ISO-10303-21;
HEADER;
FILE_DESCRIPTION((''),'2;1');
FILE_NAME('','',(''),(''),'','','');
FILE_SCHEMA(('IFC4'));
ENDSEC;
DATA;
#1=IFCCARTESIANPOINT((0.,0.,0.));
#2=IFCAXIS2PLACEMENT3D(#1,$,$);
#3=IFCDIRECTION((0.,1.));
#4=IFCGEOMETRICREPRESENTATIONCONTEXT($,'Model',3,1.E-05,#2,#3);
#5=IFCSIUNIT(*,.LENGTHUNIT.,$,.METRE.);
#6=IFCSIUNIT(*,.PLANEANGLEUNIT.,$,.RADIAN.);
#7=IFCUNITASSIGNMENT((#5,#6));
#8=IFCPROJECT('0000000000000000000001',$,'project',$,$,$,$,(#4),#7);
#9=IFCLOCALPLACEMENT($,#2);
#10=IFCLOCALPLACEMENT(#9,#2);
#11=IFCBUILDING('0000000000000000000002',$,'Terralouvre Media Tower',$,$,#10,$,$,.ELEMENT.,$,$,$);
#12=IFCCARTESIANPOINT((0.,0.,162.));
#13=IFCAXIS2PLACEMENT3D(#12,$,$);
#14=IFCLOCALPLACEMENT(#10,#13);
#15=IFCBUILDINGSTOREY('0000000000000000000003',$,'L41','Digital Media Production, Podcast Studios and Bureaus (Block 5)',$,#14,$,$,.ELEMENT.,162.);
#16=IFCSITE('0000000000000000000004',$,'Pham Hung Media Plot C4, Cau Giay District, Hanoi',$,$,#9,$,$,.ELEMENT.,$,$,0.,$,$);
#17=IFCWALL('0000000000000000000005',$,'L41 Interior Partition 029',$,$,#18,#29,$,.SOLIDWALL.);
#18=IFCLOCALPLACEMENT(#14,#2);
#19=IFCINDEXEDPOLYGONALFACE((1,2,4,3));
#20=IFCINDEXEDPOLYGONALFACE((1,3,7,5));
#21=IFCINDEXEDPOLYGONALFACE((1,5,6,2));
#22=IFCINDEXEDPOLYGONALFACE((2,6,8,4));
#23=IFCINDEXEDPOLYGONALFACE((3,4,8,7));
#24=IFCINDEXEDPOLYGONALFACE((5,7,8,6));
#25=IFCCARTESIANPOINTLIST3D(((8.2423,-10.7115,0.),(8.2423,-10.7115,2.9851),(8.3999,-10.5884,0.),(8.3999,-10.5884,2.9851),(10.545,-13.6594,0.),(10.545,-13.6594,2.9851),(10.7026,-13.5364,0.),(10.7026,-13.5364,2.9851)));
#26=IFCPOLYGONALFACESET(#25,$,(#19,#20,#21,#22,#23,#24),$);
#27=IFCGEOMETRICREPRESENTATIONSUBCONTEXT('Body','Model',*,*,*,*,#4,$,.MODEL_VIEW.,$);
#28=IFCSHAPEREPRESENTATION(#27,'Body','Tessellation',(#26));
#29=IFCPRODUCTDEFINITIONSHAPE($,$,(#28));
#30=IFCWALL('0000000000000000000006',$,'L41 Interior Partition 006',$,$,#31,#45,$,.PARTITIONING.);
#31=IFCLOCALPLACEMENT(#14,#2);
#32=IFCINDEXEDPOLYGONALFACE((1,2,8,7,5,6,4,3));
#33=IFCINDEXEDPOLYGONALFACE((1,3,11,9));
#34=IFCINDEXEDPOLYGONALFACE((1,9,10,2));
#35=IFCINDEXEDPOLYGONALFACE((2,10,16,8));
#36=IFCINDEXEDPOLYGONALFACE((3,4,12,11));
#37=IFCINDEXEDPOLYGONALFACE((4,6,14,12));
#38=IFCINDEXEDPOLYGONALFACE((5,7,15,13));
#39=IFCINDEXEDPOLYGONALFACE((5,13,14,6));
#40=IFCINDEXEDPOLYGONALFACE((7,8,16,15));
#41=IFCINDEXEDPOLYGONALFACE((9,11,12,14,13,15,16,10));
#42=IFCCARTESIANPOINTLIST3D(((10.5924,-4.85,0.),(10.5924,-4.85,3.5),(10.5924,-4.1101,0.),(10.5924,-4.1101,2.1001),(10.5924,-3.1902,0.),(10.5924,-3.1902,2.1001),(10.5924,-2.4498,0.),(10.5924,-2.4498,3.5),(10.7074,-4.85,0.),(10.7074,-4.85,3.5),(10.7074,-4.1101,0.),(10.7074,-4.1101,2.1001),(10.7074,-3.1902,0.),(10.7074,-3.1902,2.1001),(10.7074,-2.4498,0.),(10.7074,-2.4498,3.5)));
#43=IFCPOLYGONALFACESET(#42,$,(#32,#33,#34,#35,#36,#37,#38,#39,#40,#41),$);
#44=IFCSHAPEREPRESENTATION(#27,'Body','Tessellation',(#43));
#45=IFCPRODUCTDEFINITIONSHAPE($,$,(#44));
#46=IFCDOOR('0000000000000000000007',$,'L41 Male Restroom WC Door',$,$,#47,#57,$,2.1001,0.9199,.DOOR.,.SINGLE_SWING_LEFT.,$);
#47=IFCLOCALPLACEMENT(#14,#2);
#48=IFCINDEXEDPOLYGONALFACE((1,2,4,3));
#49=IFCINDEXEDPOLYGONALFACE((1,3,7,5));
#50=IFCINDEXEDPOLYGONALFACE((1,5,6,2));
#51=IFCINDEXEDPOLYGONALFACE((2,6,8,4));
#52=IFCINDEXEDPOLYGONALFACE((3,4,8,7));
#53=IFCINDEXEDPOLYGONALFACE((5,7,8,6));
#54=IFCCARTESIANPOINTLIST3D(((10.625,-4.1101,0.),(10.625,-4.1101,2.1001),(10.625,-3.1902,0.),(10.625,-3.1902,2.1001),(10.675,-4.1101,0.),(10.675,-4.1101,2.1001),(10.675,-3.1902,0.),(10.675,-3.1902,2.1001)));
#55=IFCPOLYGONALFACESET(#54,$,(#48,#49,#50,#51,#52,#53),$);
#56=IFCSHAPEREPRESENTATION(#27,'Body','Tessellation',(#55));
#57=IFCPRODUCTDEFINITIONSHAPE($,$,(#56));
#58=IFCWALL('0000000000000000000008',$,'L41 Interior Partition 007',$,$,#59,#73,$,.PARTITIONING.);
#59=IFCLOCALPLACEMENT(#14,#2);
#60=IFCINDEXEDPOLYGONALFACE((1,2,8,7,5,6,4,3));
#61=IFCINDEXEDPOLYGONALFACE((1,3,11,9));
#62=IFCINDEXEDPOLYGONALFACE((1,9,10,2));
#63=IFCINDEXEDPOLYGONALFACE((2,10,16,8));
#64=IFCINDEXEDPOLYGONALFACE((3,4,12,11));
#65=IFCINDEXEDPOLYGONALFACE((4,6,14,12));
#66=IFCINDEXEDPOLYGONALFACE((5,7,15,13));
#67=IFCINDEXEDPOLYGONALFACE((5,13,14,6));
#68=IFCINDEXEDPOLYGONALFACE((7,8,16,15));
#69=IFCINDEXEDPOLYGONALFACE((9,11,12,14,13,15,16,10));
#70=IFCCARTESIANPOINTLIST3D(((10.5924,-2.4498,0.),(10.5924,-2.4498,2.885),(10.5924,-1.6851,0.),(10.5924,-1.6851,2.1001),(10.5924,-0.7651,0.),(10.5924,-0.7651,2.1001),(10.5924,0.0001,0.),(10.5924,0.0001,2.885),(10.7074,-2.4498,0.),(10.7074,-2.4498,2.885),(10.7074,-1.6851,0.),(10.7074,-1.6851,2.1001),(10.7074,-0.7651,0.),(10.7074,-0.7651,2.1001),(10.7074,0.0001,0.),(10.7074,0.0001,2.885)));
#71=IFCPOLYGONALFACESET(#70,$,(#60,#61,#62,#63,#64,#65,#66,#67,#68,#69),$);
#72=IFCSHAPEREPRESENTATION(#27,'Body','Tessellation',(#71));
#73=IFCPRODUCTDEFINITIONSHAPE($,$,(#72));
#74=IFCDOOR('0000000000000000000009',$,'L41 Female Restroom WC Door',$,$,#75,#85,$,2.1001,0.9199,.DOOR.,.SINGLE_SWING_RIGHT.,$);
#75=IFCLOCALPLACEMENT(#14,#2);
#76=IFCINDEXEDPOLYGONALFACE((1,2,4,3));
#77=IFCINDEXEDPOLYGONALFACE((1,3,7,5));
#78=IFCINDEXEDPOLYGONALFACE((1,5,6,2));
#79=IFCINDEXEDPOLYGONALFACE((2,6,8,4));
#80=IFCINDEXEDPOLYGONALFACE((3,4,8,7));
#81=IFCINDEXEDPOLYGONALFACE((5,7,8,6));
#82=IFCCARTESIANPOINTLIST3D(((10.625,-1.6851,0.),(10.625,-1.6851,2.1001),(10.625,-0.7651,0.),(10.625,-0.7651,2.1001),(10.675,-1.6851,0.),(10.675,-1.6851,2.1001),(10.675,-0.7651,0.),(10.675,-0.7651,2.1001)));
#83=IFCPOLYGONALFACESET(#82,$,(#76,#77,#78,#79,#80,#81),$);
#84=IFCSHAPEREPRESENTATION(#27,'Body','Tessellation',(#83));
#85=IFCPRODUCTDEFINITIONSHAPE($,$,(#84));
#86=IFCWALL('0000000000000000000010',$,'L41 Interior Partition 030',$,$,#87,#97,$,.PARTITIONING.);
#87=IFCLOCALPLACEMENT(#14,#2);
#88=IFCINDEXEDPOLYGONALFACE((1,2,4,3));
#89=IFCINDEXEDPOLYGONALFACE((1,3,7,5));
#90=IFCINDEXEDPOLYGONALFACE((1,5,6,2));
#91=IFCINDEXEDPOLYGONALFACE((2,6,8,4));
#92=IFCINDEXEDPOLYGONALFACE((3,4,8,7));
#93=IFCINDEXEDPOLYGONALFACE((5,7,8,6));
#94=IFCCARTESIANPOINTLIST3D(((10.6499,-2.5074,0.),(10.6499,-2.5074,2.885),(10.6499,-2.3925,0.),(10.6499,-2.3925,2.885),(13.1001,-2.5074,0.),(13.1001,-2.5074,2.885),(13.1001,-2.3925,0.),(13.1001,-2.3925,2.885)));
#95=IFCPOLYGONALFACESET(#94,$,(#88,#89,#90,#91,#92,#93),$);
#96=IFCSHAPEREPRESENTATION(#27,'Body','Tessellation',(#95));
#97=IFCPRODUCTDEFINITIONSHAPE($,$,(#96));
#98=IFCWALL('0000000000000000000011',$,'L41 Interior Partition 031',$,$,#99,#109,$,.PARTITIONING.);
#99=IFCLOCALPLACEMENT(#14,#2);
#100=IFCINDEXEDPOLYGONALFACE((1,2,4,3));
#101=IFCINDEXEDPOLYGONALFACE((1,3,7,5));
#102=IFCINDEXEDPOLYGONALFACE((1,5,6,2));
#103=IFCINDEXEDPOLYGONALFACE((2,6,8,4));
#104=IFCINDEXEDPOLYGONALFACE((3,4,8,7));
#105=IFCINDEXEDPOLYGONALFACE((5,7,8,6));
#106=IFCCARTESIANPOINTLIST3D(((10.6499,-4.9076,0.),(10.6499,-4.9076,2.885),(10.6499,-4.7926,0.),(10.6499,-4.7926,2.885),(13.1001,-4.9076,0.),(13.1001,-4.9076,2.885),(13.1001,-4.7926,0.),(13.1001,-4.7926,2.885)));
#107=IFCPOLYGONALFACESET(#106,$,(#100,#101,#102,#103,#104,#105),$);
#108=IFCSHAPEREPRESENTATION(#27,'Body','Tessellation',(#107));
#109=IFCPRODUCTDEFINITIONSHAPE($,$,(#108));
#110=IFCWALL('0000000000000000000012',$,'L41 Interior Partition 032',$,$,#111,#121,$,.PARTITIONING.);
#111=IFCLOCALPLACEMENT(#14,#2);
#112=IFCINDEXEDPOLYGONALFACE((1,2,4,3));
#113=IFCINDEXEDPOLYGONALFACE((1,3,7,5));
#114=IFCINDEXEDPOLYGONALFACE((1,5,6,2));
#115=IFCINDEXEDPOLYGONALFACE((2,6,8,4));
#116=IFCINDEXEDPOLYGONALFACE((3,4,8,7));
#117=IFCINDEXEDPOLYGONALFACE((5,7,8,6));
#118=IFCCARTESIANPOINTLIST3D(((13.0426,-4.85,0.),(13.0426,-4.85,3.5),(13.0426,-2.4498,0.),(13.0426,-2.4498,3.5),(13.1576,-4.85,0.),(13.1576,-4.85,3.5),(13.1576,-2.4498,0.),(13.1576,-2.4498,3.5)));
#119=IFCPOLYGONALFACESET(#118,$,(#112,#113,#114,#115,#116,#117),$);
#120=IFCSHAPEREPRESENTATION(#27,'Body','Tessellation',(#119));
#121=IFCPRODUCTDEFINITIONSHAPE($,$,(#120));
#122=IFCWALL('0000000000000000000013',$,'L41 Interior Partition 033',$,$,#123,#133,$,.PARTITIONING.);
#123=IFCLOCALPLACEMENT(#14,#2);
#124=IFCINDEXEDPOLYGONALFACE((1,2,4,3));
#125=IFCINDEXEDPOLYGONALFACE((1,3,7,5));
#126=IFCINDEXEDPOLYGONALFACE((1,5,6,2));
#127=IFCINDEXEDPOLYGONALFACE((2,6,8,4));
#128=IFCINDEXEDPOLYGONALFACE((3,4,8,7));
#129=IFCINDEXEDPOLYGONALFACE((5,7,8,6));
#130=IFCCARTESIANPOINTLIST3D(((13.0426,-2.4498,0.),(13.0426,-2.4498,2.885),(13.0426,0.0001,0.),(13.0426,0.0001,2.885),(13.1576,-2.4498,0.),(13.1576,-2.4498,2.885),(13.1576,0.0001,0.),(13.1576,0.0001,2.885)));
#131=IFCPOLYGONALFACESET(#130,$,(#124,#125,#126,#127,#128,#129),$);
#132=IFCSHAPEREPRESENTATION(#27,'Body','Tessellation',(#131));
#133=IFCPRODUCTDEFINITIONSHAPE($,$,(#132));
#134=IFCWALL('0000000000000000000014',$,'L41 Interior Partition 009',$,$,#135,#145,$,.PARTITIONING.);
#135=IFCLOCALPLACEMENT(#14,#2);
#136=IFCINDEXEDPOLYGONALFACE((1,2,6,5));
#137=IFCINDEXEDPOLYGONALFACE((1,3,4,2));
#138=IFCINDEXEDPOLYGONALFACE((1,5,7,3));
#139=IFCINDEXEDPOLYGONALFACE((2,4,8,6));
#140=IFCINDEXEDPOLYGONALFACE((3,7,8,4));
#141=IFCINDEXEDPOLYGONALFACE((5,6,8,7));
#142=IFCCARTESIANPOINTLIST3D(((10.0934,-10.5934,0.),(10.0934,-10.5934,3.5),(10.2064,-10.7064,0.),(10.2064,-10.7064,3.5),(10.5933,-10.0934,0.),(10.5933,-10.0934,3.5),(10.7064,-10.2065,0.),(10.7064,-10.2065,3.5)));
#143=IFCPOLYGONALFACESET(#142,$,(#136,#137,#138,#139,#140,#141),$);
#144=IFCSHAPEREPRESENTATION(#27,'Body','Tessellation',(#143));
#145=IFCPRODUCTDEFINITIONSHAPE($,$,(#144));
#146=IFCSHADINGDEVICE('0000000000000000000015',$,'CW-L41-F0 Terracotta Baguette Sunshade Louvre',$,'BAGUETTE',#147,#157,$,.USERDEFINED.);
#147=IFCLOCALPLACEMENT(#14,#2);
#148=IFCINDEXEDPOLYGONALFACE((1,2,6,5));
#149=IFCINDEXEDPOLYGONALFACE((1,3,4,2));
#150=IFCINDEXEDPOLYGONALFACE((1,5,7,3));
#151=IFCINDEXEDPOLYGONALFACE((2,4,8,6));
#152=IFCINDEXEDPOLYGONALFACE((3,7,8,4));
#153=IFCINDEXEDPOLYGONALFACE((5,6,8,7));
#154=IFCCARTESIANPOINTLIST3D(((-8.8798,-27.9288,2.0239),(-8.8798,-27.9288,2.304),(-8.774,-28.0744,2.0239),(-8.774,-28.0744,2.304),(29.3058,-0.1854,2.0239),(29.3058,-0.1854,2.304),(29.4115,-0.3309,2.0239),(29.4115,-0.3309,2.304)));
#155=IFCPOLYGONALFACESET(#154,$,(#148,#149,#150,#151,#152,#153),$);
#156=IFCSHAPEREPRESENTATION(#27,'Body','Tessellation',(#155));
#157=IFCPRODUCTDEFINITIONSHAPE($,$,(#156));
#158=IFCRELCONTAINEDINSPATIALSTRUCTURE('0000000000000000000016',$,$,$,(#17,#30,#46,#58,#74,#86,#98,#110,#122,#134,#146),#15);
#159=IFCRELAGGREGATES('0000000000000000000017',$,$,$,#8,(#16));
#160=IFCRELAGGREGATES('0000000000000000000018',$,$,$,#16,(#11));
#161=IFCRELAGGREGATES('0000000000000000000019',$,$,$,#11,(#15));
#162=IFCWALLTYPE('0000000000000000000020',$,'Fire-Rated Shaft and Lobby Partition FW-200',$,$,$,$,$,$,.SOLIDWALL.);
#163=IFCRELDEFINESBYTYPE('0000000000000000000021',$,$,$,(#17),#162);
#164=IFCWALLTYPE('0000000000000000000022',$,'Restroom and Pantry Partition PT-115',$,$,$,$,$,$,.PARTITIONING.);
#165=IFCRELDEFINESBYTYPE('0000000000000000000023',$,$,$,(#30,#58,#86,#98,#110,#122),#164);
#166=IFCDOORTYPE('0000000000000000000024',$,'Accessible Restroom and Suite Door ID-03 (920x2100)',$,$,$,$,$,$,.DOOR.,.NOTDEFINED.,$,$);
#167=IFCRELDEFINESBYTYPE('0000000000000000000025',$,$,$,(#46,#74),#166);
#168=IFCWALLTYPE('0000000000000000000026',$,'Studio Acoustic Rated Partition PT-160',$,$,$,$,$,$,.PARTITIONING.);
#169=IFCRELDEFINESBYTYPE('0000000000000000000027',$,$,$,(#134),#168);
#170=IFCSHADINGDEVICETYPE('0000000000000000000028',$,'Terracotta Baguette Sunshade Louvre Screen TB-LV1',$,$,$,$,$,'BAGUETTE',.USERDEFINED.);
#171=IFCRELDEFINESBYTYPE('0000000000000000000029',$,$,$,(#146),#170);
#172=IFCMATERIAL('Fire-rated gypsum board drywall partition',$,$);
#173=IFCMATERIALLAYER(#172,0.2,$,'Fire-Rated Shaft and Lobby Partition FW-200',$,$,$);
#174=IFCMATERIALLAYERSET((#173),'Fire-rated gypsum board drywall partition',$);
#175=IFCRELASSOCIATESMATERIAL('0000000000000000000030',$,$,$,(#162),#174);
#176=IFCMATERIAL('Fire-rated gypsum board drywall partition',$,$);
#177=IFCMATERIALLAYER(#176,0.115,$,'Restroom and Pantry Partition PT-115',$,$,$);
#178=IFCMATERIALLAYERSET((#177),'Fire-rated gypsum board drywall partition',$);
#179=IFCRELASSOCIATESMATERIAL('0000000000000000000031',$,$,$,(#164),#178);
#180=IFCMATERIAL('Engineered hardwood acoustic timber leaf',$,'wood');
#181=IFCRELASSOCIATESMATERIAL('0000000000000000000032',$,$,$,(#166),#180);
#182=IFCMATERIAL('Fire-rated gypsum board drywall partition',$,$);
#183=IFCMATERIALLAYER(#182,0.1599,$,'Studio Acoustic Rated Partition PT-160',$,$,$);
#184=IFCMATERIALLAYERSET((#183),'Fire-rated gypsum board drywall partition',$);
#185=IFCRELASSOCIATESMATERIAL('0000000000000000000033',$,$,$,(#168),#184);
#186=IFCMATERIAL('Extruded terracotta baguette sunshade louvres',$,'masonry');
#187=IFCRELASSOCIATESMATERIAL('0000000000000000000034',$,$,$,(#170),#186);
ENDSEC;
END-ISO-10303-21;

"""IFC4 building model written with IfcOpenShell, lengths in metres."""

from ifc_helpers import new_model, si_unit, direction, frame, frame_2d, origin, origin_2d, place, context, subcontext, project, spatial, rectangle, extrude, material, layer, layer_set, type_object, element, fill, save


model = new_model("IFC4")

# Units and contexts
model_context = context("Model", 3, precision=1e-05, world=origin(), true_north=direction((0.0, 1.0)))
body_context = subcontext(model_context, "Body", "Model", "MODEL_VIEW")
ifc_project = project(units=[si_unit("LENGTHUNIT", "METRE"), si_unit("PLANEANGLEUNIT", "RADIAN")], contexts=[model_context])

# Site, building, storey
site_placement = place(None, origin())
site = spatial("IfcSite", under=ifc_project, at=site_placement, Name="Pham Hung Media Plot C4, Cau Giay District, Hanoi", CompositionType="ELEMENT", RefElevation=0.0)
building_placement = place(site_placement, origin())
building = spatial("IfcBuilding", under=site, at=building_placement, Name="Terralouvre Media Tower", CompositionType="ELEMENT")
storey_placement = place(building_placement, frame((0.0, 0.0, 162.0)))
storey = spatial("IfcBuildingStorey", under=building, at=storey_placement, Name="L41", Description="Digital Media Production, Podcast Studios and Bureaus (Block 5)", CompositionType="ELEMENT", Elevation=162.0)

# Wall
ifc_material_1 = material(Name="Fire-rated gypsum board drywall partition")
ifc_layer_1 = layer(ifc_material_1, 0.2, Name="Fire-Rated Shaft and Lobby Partition FW-200")
ifc_layer_set_1 = layer_set([ifc_layer_1], Name="Fire-rated gypsum board drywall partition")
wall_type_1 = type_object("IfcWallType", Name="Fire-Rated Shaft and Lobby Partition FW-200", PredefinedType="SOLIDWALL", material=ifc_layer_set_1)
wall_1_placement = place(storey_placement, frame((10.6238, -13.5979, 0.0), z_axis=(0.0, 0.0, 1.0), x_axis=(-0.615579, 0.788075, 0.0)))
element("IfcWall", 1, at=wall_1_placement, inside=storey, type_object=wall_type_1, Name="L41 Interior Partition 029", PredefinedType="SOLIDWALL", context=body_context, shape_type="SweptSolid", body=[
    extrude(rectangle(XDim=3.7407, YDim=0.2, at=frame_2d((1.8704, 0.0))), origin(), (0.0, 0.0, 1.0), 2.9851),
])

# Walls, openings, doors
ifc_material_2 = material(Name="Fire-rated gypsum board drywall partition")
ifc_layer_2 = layer(ifc_material_2, 0.115, Name="Restroom and Pantry Partition PT-115")
ifc_layer_set_2 = layer_set([ifc_layer_2], Name="Fire-rated gypsum board drywall partition")
wall_type_2 = type_object("IfcWallType", Name="Restroom and Pantry Partition PT-115", PredefinedType="PARTITIONING", material=ifc_layer_set_2)
wall_2_placement = place(storey_placement, frame((10.6499, -4.8501, 0.0), z_axis=(0.0, 0.0, 1.0), x_axis=(0.0, 1.0, 0.0)))
wall_2 = element("IfcWall", 2, at=wall_2_placement, inside=storey, type_object=wall_type_2, Name="L41 Interior Partition 006", PredefinedType="PARTITIONING", context=body_context, shape_type="SweptSolid", body=[
    extrude(rectangle(XDim=2.4001, YDim=0.115, at=frame_2d((1.2002, 0.0))), origin(), (0.0, 0.0, 1.0), 3.5),
])
opening_1_placement = place(wall_2_placement, frame((0.74, 0.0, 0.0)))
opening_1 = element("IfcOpeningElement", 3, at=opening_1_placement, cuts=wall_2, PredefinedType="OPENING", context=body_context, shape_type="SweptSolid", body=[
    extrude(rectangle(XDim=0.9199, YDim=2.1001, at=frame_2d((0.46, 1.05))), frame((0.0, 0.0674, 0.0), z_axis=(0.0, -1.0, 0.0), x_axis=(1.0, 0.0, 0.0)), (0.0, 0.0, 1.0), 0.135),
])
ifc_material_3 = material(Name="Engineered hardwood acoustic timber leaf", Category="wood")
door_type_1 = type_object("IfcDoorType", Name="Accessible Restroom and Suite Door ID-03 (920x2100)", OperationType="NOTDEFINED", PredefinedType="DOOR", material=ifc_material_3)
door_1_placement = place(opening_1_placement, origin())
door_1 = element("IfcDoor", 4, at=door_1_placement, inside=storey, type_object=door_type_1, Name="L41 Male Restroom WC Door", OperationType="SINGLE_SWING_LEFT", OverallHeight=2.1001, OverallWidth=0.9199, PredefinedType="DOOR", context=body_context, shape_type="SweptSolid", body=[
    extrude(rectangle(XDim=0.9199, YDim=2.1001, at=frame_2d((0.46, 1.05))), frame((0.0, 0.0249, 0.0), z_axis=(0.0, -1.0, 0.0), x_axis=(1.0, 0.0, 0.0)), (0.0, 0.0, 1.0), 0.05),
])
fill(opening_1, door_1)
wall_3_placement = place(storey_placement, frame((10.6499, -2.45, 0.0), z_axis=(0.0, 0.0, 1.0), x_axis=(0.0, 1.0, 0.0)))
wall_3 = element("IfcWall", 5, at=wall_3_placement, inside=storey, type_object=wall_type_2, Name="L41 Interior Partition 007", PredefinedType="PARTITIONING", context=body_context, shape_type="SweptSolid", body=[
    extrude(rectangle(XDim=2.45, YDim=0.115, at=frame_2d((1.2251, 0.0))), origin(), (0.0, 0.0, 1.0), 2.885),
])
opening_2_placement = place(wall_3_placement, frame((0.7649, 0.0, 0.0)))
opening_2 = element("IfcOpeningElement", 6, at=opening_2_placement, cuts=wall_3, PredefinedType="OPENING", context=body_context, shape_type="SweptSolid", body=[
    extrude(rectangle(XDim=0.9199, YDim=2.1001, at=frame_2d((0.46, 1.05))), frame((0.0, 0.0674, 0.0), z_axis=(0.0, -1.0, 0.0), x_axis=(1.0, 0.0, 0.0)), (0.0, 0.0, 1.0), 0.135),
])
door_2_placement = place(opening_2_placement, origin())
door_2 = element("IfcDoor", 7, at=door_2_placement, inside=storey, type_object=door_type_1, Name="L41 Female Restroom WC Door", OperationType="SINGLE_SWING_RIGHT", OverallHeight=2.1001, OverallWidth=0.9199, PredefinedType="DOOR", context=body_context, shape_type="SweptSolid", body=[
    extrude(rectangle(XDim=0.9199, YDim=2.1001, at=frame_2d((0.46, 1.05))), frame((0.0, 0.0249, 0.0), z_axis=(0.0, -1.0, 0.0), x_axis=(1.0, 0.0, 0.0)), (0.0, 0.0, 1.0), 0.05),
])
fill(opening_2, door_2)

# Walls
for number, where, z_axis, x_axis, name in (
    (8, (13.1001, -2.45, 0.0), (0.0, 0.0, 1.0), (-1.0, 0.0, 0.0), "L41 Interior Partition 030"),
    (9, (10.6499, -4.8501, 0.0), (0.0, 0.0, 1.0), (1.0, 0.0, 0.0), "L41 Interior Partition 031"),
):
    element("IfcWall", number, at=place(storey_placement, frame(where, z_axis=z_axis, x_axis=x_axis)), inside=storey, type_object=wall_type_2, Name=name, PredefinedType="PARTITIONING", context=body_context, shape_type="SweptSolid", body=[
        extrude(rectangle(XDim=2.4502, YDim=0.115, at=frame_2d((1.2251, 0.0))), origin(), (0.0, 0.0, 1.0), 2.885),
    ])
wall_4_placement = place(storey_placement, frame((13.1001, -4.8501, 0.0), z_axis=(0.0, 0.0, 1.0), x_axis=(0.0, 1.0, 0.0)))
element("IfcWall", 10, at=wall_4_placement, inside=storey, type_object=wall_type_2, Name="L41 Interior Partition 032", PredefinedType="PARTITIONING", context=body_context, shape_type="SweptSolid", body=[
    extrude(rectangle(XDim=2.4001, YDim=0.115, at=frame_2d((1.2002, 0.0))), origin(), (0.0, 0.0, 1.0), 3.5),
])
wall_5_placement = place(storey_placement, frame((13.1001, -2.45, 0.0), z_axis=(0.0, 0.0, 1.0), x_axis=(0.0, 1.0, 0.0)))
element("IfcWall", 11, at=wall_5_placement, inside=storey, type_object=wall_type_2, Name="L41 Interior Partition 033", PredefinedType="PARTITIONING", context=body_context, shape_type="SweptSolid", body=[
    extrude(rectangle(XDim=2.45, YDim=0.115, at=frame_2d((1.2251, 0.0))), origin(), (0.0, 0.0, 1.0), 2.885),
])
ifc_material_4 = material(Name="Fire-rated gypsum board drywall partition")
ifc_layer_3 = layer(ifc_material_4, 0.1599, Name="Studio Acoustic Rated Partition PT-160")
ifc_layer_set_3 = layer_set([ifc_layer_3], Name="Fire-rated gypsum board drywall partition")
wall_type_3 = type_object("IfcWallType", Name="Studio Acoustic Rated Partition PT-160", PredefinedType="PARTITIONING", material=ifc_layer_set_3)
wall_6_placement = place(storey_placement, frame((10.1499, -10.6499, 0.0), z_axis=(0.0, 0.0, 1.0), x_axis=(0.707107, 0.707107, 0.0)))
element("IfcWall", 12, at=wall_6_placement, inside=storey, type_object=wall_type_3, Name="L41 Interior Partition 009", PredefinedType="PARTITIONING", context=body_context, shape_type="SweptSolid", body=[
    extrude(rectangle(XDim=0.707, YDim=0.1599, at=frame_2d((0.3535, 0.0))), origin(), (0.0, 0.0, 1.0), 3.5),
])

# Shading device
ifc_material_5 = material(Name="Extruded terracotta baguette sunshade louvres", Category="masonry")
shading_device_type = type_object("IfcShadingDeviceType", Name="Terracotta Baguette Sunshade Louvre Screen TB-LV1", ElementType="BAGUETTE", PredefinedType="USERDEFINED", material=ifc_material_5)
shading_device_placement = place(storey_placement, frame((10.2659, -14.1299, 2.0239), z_axis=(0.0, 0.0, 1.0), x_axis=(0.809017, 0.587785, 0.0)))
element("IfcShadingDevice", 13, at=shading_device_placement, inside=storey, type_object=shading_device_type, Name="CW-L41-F0 Terracotta Baguette Sunshade Louvre", ObjectType="BAGUETTE", PredefinedType="USERDEFINED", context=body_context, shape_type="SweptSolid", body=[
    extrude(rectangle(XDim=47.2, YDim=0.1799, at=origin_2d()), origin(), (0.0, 0.0, 1.0), 0.28),
])

save(model, "model.ifc")
